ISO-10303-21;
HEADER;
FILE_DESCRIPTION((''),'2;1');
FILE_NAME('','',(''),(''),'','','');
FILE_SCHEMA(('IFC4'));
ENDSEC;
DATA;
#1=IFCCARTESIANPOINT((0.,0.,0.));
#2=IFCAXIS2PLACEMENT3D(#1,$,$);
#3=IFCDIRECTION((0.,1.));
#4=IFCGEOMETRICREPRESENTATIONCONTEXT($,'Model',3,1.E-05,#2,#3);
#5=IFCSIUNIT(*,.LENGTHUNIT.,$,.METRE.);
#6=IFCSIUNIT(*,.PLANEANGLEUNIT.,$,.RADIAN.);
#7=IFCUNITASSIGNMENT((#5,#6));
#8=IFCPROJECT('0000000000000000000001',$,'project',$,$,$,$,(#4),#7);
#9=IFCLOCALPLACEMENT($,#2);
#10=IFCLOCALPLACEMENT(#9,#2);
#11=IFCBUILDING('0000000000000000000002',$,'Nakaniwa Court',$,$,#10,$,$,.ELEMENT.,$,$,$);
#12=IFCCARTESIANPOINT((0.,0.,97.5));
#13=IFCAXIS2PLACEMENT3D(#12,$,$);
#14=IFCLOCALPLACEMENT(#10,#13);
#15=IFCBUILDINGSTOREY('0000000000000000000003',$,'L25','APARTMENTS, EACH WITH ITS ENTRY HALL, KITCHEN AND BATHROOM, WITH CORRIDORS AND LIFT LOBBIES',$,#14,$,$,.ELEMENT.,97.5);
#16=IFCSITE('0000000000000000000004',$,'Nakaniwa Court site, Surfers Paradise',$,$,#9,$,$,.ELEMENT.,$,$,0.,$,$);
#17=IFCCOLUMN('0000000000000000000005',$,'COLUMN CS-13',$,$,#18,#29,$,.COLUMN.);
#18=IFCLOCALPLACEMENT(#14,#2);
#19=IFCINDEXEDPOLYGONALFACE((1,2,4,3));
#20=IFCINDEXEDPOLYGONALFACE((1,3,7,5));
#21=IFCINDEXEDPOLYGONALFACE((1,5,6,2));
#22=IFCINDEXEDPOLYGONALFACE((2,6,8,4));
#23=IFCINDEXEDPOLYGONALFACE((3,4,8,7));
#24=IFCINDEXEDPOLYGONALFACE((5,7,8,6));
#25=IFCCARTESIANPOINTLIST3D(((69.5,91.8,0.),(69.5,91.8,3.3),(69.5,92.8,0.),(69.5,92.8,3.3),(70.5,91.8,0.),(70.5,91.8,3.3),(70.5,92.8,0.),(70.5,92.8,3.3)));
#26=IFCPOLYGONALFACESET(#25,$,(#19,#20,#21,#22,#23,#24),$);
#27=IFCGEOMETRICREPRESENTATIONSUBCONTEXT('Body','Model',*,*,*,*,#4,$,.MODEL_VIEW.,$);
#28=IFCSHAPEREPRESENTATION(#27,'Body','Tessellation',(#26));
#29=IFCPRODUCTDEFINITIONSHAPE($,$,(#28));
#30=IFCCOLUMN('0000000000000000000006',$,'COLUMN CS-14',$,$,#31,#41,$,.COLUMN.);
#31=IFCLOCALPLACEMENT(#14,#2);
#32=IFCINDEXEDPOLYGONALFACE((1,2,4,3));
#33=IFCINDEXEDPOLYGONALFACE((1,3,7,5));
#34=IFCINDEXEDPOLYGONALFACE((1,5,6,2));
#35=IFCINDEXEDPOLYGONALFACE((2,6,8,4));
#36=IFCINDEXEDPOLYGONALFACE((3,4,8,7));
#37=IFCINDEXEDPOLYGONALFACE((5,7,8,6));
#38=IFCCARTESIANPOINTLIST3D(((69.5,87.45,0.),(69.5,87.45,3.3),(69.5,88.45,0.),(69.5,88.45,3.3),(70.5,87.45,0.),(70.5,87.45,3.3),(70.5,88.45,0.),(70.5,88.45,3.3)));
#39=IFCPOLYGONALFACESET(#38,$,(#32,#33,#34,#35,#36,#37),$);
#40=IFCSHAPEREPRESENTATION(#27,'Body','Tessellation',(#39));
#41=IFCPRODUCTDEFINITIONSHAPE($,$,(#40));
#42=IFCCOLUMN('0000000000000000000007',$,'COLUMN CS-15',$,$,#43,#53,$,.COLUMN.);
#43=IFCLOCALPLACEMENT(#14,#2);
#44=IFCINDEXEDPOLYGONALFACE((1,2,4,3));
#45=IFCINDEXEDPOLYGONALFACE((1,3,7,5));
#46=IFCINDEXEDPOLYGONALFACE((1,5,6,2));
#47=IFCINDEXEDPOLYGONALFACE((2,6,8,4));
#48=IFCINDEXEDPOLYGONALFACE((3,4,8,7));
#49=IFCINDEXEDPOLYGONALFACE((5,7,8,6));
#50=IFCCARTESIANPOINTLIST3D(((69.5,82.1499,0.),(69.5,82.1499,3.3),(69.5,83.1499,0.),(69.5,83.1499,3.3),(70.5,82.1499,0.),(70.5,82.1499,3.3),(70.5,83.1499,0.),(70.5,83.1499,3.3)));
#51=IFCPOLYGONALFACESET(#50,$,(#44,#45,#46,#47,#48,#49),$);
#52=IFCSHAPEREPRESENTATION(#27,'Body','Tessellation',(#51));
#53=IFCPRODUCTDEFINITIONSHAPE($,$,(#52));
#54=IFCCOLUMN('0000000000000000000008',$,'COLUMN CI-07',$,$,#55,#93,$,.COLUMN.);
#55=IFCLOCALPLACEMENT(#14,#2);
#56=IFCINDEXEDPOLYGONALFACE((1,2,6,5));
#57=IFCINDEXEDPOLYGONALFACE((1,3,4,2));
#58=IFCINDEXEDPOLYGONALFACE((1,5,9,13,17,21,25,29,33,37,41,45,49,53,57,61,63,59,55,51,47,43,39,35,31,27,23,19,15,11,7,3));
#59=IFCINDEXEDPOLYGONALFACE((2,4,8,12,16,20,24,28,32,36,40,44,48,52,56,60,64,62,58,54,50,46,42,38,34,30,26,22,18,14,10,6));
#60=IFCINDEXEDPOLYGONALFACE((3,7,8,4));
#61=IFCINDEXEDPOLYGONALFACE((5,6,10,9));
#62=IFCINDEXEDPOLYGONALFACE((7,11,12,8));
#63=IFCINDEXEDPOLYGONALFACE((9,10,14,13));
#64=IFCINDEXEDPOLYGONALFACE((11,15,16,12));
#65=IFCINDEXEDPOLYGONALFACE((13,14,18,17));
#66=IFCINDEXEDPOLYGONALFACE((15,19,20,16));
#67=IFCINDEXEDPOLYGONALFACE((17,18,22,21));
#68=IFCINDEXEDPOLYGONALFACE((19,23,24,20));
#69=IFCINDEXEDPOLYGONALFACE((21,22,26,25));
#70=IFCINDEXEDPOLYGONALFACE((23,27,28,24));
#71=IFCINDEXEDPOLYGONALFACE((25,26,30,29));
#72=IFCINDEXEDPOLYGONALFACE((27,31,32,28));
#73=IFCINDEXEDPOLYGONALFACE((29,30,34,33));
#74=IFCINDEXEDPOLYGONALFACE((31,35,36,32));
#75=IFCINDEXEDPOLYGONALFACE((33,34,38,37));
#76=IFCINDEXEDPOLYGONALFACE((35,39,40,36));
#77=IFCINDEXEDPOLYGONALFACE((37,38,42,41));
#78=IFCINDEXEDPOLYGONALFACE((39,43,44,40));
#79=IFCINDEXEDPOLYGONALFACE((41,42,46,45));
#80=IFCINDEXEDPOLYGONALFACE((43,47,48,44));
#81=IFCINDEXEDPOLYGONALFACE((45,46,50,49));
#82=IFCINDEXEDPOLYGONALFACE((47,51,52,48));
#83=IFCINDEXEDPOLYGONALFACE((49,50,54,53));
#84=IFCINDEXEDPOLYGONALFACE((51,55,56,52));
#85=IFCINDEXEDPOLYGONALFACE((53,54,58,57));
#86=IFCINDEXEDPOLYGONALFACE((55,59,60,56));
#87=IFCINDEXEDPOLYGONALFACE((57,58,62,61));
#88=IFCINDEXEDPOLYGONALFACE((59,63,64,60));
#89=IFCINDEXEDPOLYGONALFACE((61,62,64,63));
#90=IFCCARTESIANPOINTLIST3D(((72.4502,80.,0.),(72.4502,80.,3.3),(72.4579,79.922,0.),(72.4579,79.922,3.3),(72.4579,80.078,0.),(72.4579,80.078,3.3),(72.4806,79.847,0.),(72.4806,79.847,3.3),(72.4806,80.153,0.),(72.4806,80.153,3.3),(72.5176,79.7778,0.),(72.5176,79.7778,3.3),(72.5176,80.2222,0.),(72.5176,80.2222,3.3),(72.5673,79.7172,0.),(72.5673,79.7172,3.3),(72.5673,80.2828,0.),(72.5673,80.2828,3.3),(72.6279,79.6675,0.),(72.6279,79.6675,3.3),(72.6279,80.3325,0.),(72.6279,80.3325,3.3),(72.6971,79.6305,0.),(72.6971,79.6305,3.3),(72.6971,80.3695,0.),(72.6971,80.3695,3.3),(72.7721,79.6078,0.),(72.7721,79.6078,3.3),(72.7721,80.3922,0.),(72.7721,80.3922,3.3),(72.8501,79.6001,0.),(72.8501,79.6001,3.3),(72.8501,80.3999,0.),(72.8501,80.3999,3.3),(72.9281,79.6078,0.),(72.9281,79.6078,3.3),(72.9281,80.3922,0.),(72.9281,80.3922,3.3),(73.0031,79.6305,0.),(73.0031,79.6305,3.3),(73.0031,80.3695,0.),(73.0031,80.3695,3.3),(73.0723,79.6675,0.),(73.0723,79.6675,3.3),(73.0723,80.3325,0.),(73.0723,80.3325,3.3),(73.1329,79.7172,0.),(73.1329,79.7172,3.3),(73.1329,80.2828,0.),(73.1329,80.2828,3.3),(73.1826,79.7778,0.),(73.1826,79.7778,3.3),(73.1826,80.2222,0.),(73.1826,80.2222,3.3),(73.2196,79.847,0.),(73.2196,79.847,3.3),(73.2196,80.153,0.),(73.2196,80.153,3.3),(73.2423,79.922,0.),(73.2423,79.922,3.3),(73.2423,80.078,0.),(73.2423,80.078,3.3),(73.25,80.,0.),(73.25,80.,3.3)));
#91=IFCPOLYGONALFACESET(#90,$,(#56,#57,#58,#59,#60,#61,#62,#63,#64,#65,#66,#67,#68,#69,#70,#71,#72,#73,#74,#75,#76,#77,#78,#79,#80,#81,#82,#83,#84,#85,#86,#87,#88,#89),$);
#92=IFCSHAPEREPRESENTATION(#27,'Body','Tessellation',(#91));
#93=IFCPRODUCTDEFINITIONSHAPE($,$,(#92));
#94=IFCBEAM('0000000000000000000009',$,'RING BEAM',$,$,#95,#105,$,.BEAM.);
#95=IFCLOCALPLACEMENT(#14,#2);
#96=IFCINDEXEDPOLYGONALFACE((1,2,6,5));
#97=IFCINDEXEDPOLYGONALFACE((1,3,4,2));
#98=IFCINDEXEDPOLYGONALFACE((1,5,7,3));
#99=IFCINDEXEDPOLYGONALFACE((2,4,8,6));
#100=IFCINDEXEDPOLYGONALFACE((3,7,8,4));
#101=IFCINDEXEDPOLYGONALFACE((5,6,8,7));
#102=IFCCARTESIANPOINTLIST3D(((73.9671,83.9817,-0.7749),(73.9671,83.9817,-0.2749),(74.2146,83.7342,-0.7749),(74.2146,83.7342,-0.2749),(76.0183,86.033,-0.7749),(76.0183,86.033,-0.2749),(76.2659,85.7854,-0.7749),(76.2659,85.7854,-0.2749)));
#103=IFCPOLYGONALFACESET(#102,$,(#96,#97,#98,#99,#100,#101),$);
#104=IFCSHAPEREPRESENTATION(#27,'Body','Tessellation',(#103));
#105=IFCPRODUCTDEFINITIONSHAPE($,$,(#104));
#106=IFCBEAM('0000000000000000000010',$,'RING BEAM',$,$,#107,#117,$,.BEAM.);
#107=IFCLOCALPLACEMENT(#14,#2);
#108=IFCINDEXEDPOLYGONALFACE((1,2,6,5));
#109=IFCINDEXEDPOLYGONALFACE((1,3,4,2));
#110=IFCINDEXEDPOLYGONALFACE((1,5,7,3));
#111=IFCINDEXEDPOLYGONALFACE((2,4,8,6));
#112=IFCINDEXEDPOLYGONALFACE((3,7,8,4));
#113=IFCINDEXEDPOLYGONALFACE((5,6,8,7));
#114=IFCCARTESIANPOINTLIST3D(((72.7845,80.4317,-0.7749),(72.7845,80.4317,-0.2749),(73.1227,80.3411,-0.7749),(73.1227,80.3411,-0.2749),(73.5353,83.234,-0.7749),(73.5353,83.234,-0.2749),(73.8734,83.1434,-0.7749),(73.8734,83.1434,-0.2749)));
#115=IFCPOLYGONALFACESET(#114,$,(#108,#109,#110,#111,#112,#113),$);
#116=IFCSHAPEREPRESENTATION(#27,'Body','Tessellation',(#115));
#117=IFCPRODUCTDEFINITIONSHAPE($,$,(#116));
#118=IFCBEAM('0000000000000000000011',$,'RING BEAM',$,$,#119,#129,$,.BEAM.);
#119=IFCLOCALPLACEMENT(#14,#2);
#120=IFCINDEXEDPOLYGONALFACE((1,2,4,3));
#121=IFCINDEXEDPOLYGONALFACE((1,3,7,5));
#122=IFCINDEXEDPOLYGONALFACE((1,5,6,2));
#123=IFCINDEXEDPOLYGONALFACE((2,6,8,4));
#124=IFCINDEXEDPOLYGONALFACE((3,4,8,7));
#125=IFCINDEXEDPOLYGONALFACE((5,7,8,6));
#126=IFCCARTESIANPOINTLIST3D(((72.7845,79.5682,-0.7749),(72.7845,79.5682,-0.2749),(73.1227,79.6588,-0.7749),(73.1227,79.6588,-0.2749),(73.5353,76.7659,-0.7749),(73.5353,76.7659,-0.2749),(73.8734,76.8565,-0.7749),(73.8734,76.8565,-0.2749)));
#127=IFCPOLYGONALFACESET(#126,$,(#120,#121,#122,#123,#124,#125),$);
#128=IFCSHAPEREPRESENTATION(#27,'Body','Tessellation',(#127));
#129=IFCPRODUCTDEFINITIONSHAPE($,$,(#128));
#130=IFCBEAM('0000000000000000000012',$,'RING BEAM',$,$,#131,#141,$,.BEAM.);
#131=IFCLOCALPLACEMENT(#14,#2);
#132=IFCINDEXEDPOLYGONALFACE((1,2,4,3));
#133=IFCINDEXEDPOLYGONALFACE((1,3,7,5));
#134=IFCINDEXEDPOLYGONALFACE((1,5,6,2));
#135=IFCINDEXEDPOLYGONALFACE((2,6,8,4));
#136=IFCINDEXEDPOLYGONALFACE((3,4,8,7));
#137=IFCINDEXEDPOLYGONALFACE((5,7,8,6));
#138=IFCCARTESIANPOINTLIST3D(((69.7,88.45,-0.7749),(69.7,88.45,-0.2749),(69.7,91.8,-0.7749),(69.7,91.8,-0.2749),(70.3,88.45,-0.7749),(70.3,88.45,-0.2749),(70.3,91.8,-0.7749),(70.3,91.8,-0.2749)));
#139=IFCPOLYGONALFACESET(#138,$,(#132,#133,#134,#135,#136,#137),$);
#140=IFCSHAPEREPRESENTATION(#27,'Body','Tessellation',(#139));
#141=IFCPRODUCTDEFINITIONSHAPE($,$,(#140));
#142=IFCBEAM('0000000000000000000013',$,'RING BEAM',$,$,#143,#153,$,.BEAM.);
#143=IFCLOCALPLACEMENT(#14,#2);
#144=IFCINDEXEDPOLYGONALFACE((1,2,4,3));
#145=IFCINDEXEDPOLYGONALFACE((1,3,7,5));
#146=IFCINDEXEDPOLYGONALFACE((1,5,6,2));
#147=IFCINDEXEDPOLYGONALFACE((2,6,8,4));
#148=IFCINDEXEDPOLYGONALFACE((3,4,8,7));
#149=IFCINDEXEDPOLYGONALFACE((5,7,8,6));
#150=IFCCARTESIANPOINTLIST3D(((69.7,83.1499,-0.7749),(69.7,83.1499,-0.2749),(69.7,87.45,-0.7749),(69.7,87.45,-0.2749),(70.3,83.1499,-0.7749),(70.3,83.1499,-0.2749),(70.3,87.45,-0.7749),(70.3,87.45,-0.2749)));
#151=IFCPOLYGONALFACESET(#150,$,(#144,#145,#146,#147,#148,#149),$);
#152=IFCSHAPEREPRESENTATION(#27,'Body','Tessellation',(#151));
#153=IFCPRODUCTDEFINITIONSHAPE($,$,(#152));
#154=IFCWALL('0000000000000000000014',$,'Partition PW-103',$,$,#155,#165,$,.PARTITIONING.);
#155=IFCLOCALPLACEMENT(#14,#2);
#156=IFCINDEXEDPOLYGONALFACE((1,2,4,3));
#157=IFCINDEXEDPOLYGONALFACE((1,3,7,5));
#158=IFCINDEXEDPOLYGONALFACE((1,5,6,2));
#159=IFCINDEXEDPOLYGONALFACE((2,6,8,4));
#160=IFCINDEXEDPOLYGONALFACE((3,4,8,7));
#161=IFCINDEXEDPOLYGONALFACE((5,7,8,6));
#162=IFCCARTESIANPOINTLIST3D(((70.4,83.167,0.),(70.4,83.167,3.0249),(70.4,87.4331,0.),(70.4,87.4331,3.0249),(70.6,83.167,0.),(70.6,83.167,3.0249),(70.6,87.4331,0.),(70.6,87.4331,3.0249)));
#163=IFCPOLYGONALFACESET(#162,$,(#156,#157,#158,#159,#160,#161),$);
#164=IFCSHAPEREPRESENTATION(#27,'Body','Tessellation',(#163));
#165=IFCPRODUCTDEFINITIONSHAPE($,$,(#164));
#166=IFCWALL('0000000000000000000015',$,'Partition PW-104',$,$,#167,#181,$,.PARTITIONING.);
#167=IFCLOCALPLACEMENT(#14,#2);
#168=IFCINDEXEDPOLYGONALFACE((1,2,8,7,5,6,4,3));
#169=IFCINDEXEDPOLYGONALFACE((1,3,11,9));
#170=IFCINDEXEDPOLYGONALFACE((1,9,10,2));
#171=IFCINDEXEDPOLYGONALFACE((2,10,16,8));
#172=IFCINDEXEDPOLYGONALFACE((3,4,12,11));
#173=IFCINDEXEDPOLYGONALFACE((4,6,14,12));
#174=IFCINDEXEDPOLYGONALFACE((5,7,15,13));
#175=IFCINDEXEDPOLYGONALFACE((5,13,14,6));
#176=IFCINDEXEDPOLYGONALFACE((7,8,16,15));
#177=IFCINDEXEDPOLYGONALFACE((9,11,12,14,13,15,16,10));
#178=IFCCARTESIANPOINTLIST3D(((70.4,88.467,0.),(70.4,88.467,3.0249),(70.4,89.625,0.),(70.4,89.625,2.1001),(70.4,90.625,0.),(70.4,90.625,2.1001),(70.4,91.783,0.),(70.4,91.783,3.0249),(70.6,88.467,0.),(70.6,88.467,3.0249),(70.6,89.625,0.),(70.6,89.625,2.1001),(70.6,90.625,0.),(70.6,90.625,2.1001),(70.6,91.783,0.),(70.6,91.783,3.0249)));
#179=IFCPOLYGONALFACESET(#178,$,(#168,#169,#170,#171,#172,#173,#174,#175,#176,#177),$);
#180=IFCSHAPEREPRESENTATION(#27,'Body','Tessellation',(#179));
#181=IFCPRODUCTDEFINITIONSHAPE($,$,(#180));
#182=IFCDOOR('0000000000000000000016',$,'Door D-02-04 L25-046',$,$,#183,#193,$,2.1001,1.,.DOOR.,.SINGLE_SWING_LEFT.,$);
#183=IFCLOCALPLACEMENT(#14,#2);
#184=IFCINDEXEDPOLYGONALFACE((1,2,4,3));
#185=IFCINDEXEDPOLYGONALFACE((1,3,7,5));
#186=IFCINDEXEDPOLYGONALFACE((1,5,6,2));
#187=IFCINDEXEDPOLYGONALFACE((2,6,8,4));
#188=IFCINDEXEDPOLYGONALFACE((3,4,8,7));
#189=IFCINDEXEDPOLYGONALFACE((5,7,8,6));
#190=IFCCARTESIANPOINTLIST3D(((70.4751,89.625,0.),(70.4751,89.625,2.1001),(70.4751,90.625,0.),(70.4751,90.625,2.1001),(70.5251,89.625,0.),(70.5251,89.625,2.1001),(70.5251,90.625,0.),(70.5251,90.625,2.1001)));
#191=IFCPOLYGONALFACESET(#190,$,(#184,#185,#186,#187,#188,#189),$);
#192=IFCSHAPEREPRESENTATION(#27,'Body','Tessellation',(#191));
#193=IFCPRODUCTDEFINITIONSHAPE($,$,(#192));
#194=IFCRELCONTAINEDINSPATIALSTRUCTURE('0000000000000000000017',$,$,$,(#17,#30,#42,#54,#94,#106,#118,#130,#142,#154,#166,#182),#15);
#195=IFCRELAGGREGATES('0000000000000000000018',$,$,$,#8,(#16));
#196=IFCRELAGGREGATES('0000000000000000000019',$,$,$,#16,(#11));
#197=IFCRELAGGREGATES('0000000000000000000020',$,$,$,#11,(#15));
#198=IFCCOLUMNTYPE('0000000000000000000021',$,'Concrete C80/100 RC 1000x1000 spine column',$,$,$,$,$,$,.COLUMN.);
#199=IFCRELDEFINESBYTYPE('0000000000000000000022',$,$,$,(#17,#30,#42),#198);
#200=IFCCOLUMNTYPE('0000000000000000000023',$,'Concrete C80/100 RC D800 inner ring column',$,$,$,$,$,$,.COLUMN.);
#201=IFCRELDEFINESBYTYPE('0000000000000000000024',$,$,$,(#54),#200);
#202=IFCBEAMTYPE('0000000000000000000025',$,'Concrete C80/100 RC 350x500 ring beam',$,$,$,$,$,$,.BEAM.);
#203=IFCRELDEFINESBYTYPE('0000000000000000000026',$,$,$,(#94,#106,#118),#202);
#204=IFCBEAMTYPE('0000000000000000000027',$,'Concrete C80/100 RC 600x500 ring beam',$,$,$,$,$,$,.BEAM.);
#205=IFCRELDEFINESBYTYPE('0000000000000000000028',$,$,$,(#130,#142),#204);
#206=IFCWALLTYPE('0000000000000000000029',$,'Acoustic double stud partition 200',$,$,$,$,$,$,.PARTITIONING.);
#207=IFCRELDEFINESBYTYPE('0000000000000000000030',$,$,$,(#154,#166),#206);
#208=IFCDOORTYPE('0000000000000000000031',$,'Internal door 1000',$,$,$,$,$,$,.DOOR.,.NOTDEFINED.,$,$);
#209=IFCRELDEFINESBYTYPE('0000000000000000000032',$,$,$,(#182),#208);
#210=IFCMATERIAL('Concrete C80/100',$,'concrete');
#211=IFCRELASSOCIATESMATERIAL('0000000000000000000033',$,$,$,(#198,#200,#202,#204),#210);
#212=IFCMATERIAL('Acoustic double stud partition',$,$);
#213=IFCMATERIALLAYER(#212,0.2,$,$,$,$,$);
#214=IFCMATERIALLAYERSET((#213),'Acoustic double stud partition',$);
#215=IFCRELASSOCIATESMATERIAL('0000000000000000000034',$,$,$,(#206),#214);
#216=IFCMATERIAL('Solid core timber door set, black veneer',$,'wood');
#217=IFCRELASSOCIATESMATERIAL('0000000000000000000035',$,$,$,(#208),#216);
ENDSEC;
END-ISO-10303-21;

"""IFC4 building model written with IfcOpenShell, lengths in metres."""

from ifc_helpers import new_model, si_unit, direction, frame, frame_2d, origin, origin_2d, place, context, subcontext, project, spatial, rectangle, circle, extrude, material, layer, layer_set, material_profile, profile_set, type_object, element, fill, save


model = new_model("IFC4")

# Units and contexts
model_context = context("Model", 3, precision=1e-05, world=origin(), true_north=direction((0.0, 1.0)))
body_context = subcontext(model_context, "Body", "Model", "MODEL_VIEW")
ifc_project = project(units=[si_unit("LENGTHUNIT", "METRE"), si_unit("PLANEANGLEUNIT", "RADIAN")], contexts=[model_context])

# Site, building, storey
site_placement = place(None, origin())
site = spatial("IfcSite", under=ifc_project, at=site_placement, Name="Nakaniwa Court site, Surfers Paradise", CompositionType="ELEMENT", RefElevation=0.0)
building_placement = place(site_placement, origin())
building = spatial("IfcBuilding", under=site, at=building_placement, Name="Nakaniwa Court", CompositionType="ELEMENT")
storey_placement = place(building_placement, frame((0.0, 0.0, 97.5)))
storey = spatial("IfcBuildingStorey", under=building, at=storey_placement, Name="L25", Description="APARTMENTS, EACH WITH ITS ENTRY HALL, KITCHEN AND BATHROOM, WITH CORRIDORS AND LIFT LOBBIES", CompositionType="ELEMENT", Elevation=97.5)

# Columns
ifc_material_1 = material(Name="Concrete C80/100", Category="concrete")
ifc_material_profile_1 = material_profile(ifc_material_1, rectangle(XDim=1.0, YDim=1.0, at=origin_2d()), Name="Concrete C80/100 RC 1000x1000 spine column")
ifc_profile_set_1 = profile_set([ifc_material_profile_1], Name="Concrete C80/100")
column_type_1 = type_object("IfcColumnType", Name="Concrete C80/100 RC 1000x1000 spine column", PredefinedType="COLUMN", material=ifc_profile_set_1)
for number, where, z_axis, x_axis, name in (
    (1, (70.0, 92.3, 0.0), (0.0, 0.0, 1.0), (0.0, -1.0, 0.0), "COLUMN CS-13"),
    (2, (70.0, 87.95, 0.0), (0.0, 0.0, 1.0), (0.0, -1.0, 0.0), "COLUMN CS-14"),
    (3, (70.0, 82.6499, 0.0), (0.0, 0.0, 1.0), (0.0, -1.0, 0.0), "COLUMN CS-15"),
):
    element("IfcColumn", number, at=place(storey_placement, frame(where, z_axis=z_axis, x_axis=x_axis)), inside=storey, type_object=column_type_1, Name=name, PredefinedType="COLUMN", context=body_context, shape_type="SweptSolid", body=[
        extrude(rectangle(XDim=1.0, YDim=1.0, at=origin_2d()), origin(), (0.0, 0.0, 1.0), 3.3),
    ])
ifc_material_profile_2 = material_profile(ifc_material_1, circle(Radius=0.3999, at=origin_2d()), Name="Concrete C80/100 RC D800 inner ring column")
ifc_profile_set_2 = profile_set([ifc_material_profile_2], Name="Concrete C80/100")
column_type_2 = type_object("IfcColumnType", Name="Concrete C80/100 RC D800 inner ring column", PredefinedType="COLUMN", material=ifc_profile_set_2)
for number, where, z_axis, x_axis, name in (
    (4, (72.8501, 80.0, 0.0), (0.0, 0.0, 1.0), (0.0, -1.0, 0.0), "COLUMN CI-07"),
):
    element("IfcColumn", number, at=place(storey_placement, frame(where, z_axis=z_axis, x_axis=x_axis)), inside=storey, type_object=column_type_2, Name=name, PredefinedType="COLUMN", context=body_context, shape_type="SweptSolid", body=[
        extrude(circle(Radius=0.3999, at=origin_2d()), origin(), (0.0, 0.0, 1.0), 3.3),
    ])

# Beams
ifc_material_profile_3 = material_profile(ifc_material_1, rectangle(XDim=0.3501, YDim=0.5, at=origin_2d()), Name="Concrete C80/100 RC 350x500 ring beam")
ifc_profile_set_3 = profile_set([ifc_material_profile_3], Name="Concrete C80/100")
beam_type_1 = type_object("IfcBeamType", Name="Concrete C80/100 RC 350x500 ring beam", PredefinedType="BEAM", material=ifc_profile_set_3)
beam_1_placement = place(storey_placement, frame((76.1421, 85.9092, -0.5249), z_axis=(-0.707107, -0.707107, 0.0), x_axis=(0.707107, -0.707107, 0.0)))
element("IfcBeam", 5, at=beam_1_placement, inside=storey, type_object=beam_type_1, Name="RING BEAM", PredefinedType="BEAM", context=body_context, shape_type="SweptSolid", body=[
    extrude(rectangle(XDim=0.3501, YDim=0.5, at=origin_2d()), origin(), (0.0, 0.0, 1.0), 2.9009),
])
for number, where, z_axis, x_axis, name in (
    (6, (73.7043, 83.1887, -0.5249), (-0.258778, -0.965937, 0.0), (0.965937, -0.258778, 0.0), "RING BEAM"),
    (7, (72.9536, 79.6135, -0.5249), (0.258778, -0.965937, 0.0), (0.965937, 0.258778, 0.0), "RING BEAM"),
):
    element("IfcBeam", number, at=place(storey_placement, frame(where, z_axis=z_axis, x_axis=x_axis)), inside=storey, type_object=beam_type_1, Name=name, PredefinedType="BEAM", context=body_context, shape_type="SweptSolid", body=[
        extrude(rectangle(XDim=0.3501, YDim=0.5, at=origin_2d()), origin(), (0.0, 0.0, 1.0), 2.9011),
    ])
ifc_material_profile_4 = material_profile(ifc_material_1, rectangle(XDim=0.6001, YDim=0.5, at=origin_2d()), Name="Concrete C80/100 RC 600x500 ring beam")
ifc_profile_set_4 = profile_set([ifc_material_profile_4], Name="Concrete C80/100")
beam_type_2 = type_object("IfcBeamType", Name="Concrete C80/100 RC 600x500 ring beam", PredefinedType="BEAM", material=ifc_profile_set_4)
beam_2_placement = place(storey_placement, frame((70.0, 91.8, -0.5249), z_axis=(0.0, -1.0, 0.0), x_axis=(1.0, 0.0, 0.0)))
element("IfcBeam", 8, at=beam_2_placement, inside=storey, type_object=beam_type_2, Name="RING BEAM", PredefinedType="BEAM", context=body_context, shape_type="SweptSolid", body=[
    extrude(rectangle(XDim=0.6001, YDim=0.5, at=origin_2d()), origin(), (0.0, 0.0, 1.0), 3.3501),
])
beam_3_placement = place(storey_placement, frame((70.0, 87.45, -0.5249), z_axis=(0.0, -1.0, 0.0), x_axis=(1.0, 0.0, 0.0)))
element("IfcBeam", 9, at=beam_3_placement, inside=storey, type_object=beam_type_2, Name="RING BEAM", PredefinedType="BEAM", context=body_context, shape_type="SweptSolid", body=[
    extrude(rectangle(XDim=0.6001, YDim=0.5, at=origin_2d()), origin(), (0.0, 0.0, 1.0), 4.3),
])

# Wall
ifc_material_2 = material(Name="Acoustic double stud partition")
ifc_layer_1 = layer(ifc_material_2, 0.2)
ifc_layer_set_1 = layer_set([ifc_layer_1], Name="Acoustic double stud partition")
wall_type_1 = type_object("IfcWallType", Name="Acoustic double stud partition 200", PredefinedType="PARTITIONING", material=ifc_layer_set_1)
wall_1_placement = place(storey_placement, frame((70.5, 83.167, 0.0), z_axis=(0.0, 0.0, 1.0), x_axis=(0.0, 1.0, 0.0)))
element("IfcWall", 10, at=wall_1_placement, inside=storey, type_object=wall_type_1, Name="Partition PW-103", PredefinedType="PARTITIONING", context=body_context, shape_type="SweptSolid", body=[
    extrude(rectangle(XDim=4.2661, YDim=0.2, at=frame_2d((2.1331, 0.0))), origin(), (0.0, 0.0, 1.0), 3.0249),
])

# Wall, opening, door
wall_2_placement = place(storey_placement, frame((70.5, 88.467, 0.0), z_axis=(0.0, 0.0, 1.0), x_axis=(0.0, 1.0, 0.0)))
wall_2 = element("IfcWall", 11, at=wall_2_placement, inside=storey, type_object=wall_type_1, Name="Partition PW-104", PredefinedType="PARTITIONING", context=body_context, shape_type="SweptSolid", body=[
    extrude(rectangle(XDim=3.3159, YDim=0.2, at=frame_2d((1.658, 0.0))), origin(), (0.0, 0.0, 1.0), 3.0249),
])
opening_1_placement = place(wall_2_placement, frame((1.158, 0.0, 0.0)))
opening_1 = element("IfcOpeningElement", 12, at=opening_1_placement, cuts=wall_2, PredefinedType="OPENING", context=body_context, shape_type="SweptSolid", body=[
    extrude(rectangle(XDim=1.0, YDim=2.1001, at=frame_2d((0.5, 1.05))), frame((0.0, 0.1099, 0.0), z_axis=(0.0, -1.0, 0.0), x_axis=(1.0, 0.0, 0.0)), (0.0, 0.0, 1.0), 0.22),
])
ifc_material_3 = material(Name="Solid core timber door set, black veneer", Category="wood")
door_type_1 = type_object("IfcDoorType", Name="Internal door 1000", OperationType="NOTDEFINED", PredefinedType="DOOR", material=ifc_material_3)
door_1_placement = place(opening_1_placement, origin())
door_1 = element("IfcDoor", 13, at=door_1_placement, inside=storey, type_object=door_type_1, Name="Door D-02-04 L25-046", OperationType="SINGLE_SWING_LEFT", OverallHeight=2.1001, OverallWidth=1.0, PredefinedType="DOOR", context=body_context, shape_type="SweptSolid", body=[
    extrude(rectangle(XDim=1.0, YDim=2.1001, at=frame_2d((0.5, 1.05))), frame((0.0, 0.0249, 0.0), z_axis=(0.0, -1.0, 0.0), x_axis=(1.0, 0.0, 0.0)), (0.0, 0.0, 1.0), 0.05),
])
fill(opening_1, door_1)

save(model, "model.ifc")
